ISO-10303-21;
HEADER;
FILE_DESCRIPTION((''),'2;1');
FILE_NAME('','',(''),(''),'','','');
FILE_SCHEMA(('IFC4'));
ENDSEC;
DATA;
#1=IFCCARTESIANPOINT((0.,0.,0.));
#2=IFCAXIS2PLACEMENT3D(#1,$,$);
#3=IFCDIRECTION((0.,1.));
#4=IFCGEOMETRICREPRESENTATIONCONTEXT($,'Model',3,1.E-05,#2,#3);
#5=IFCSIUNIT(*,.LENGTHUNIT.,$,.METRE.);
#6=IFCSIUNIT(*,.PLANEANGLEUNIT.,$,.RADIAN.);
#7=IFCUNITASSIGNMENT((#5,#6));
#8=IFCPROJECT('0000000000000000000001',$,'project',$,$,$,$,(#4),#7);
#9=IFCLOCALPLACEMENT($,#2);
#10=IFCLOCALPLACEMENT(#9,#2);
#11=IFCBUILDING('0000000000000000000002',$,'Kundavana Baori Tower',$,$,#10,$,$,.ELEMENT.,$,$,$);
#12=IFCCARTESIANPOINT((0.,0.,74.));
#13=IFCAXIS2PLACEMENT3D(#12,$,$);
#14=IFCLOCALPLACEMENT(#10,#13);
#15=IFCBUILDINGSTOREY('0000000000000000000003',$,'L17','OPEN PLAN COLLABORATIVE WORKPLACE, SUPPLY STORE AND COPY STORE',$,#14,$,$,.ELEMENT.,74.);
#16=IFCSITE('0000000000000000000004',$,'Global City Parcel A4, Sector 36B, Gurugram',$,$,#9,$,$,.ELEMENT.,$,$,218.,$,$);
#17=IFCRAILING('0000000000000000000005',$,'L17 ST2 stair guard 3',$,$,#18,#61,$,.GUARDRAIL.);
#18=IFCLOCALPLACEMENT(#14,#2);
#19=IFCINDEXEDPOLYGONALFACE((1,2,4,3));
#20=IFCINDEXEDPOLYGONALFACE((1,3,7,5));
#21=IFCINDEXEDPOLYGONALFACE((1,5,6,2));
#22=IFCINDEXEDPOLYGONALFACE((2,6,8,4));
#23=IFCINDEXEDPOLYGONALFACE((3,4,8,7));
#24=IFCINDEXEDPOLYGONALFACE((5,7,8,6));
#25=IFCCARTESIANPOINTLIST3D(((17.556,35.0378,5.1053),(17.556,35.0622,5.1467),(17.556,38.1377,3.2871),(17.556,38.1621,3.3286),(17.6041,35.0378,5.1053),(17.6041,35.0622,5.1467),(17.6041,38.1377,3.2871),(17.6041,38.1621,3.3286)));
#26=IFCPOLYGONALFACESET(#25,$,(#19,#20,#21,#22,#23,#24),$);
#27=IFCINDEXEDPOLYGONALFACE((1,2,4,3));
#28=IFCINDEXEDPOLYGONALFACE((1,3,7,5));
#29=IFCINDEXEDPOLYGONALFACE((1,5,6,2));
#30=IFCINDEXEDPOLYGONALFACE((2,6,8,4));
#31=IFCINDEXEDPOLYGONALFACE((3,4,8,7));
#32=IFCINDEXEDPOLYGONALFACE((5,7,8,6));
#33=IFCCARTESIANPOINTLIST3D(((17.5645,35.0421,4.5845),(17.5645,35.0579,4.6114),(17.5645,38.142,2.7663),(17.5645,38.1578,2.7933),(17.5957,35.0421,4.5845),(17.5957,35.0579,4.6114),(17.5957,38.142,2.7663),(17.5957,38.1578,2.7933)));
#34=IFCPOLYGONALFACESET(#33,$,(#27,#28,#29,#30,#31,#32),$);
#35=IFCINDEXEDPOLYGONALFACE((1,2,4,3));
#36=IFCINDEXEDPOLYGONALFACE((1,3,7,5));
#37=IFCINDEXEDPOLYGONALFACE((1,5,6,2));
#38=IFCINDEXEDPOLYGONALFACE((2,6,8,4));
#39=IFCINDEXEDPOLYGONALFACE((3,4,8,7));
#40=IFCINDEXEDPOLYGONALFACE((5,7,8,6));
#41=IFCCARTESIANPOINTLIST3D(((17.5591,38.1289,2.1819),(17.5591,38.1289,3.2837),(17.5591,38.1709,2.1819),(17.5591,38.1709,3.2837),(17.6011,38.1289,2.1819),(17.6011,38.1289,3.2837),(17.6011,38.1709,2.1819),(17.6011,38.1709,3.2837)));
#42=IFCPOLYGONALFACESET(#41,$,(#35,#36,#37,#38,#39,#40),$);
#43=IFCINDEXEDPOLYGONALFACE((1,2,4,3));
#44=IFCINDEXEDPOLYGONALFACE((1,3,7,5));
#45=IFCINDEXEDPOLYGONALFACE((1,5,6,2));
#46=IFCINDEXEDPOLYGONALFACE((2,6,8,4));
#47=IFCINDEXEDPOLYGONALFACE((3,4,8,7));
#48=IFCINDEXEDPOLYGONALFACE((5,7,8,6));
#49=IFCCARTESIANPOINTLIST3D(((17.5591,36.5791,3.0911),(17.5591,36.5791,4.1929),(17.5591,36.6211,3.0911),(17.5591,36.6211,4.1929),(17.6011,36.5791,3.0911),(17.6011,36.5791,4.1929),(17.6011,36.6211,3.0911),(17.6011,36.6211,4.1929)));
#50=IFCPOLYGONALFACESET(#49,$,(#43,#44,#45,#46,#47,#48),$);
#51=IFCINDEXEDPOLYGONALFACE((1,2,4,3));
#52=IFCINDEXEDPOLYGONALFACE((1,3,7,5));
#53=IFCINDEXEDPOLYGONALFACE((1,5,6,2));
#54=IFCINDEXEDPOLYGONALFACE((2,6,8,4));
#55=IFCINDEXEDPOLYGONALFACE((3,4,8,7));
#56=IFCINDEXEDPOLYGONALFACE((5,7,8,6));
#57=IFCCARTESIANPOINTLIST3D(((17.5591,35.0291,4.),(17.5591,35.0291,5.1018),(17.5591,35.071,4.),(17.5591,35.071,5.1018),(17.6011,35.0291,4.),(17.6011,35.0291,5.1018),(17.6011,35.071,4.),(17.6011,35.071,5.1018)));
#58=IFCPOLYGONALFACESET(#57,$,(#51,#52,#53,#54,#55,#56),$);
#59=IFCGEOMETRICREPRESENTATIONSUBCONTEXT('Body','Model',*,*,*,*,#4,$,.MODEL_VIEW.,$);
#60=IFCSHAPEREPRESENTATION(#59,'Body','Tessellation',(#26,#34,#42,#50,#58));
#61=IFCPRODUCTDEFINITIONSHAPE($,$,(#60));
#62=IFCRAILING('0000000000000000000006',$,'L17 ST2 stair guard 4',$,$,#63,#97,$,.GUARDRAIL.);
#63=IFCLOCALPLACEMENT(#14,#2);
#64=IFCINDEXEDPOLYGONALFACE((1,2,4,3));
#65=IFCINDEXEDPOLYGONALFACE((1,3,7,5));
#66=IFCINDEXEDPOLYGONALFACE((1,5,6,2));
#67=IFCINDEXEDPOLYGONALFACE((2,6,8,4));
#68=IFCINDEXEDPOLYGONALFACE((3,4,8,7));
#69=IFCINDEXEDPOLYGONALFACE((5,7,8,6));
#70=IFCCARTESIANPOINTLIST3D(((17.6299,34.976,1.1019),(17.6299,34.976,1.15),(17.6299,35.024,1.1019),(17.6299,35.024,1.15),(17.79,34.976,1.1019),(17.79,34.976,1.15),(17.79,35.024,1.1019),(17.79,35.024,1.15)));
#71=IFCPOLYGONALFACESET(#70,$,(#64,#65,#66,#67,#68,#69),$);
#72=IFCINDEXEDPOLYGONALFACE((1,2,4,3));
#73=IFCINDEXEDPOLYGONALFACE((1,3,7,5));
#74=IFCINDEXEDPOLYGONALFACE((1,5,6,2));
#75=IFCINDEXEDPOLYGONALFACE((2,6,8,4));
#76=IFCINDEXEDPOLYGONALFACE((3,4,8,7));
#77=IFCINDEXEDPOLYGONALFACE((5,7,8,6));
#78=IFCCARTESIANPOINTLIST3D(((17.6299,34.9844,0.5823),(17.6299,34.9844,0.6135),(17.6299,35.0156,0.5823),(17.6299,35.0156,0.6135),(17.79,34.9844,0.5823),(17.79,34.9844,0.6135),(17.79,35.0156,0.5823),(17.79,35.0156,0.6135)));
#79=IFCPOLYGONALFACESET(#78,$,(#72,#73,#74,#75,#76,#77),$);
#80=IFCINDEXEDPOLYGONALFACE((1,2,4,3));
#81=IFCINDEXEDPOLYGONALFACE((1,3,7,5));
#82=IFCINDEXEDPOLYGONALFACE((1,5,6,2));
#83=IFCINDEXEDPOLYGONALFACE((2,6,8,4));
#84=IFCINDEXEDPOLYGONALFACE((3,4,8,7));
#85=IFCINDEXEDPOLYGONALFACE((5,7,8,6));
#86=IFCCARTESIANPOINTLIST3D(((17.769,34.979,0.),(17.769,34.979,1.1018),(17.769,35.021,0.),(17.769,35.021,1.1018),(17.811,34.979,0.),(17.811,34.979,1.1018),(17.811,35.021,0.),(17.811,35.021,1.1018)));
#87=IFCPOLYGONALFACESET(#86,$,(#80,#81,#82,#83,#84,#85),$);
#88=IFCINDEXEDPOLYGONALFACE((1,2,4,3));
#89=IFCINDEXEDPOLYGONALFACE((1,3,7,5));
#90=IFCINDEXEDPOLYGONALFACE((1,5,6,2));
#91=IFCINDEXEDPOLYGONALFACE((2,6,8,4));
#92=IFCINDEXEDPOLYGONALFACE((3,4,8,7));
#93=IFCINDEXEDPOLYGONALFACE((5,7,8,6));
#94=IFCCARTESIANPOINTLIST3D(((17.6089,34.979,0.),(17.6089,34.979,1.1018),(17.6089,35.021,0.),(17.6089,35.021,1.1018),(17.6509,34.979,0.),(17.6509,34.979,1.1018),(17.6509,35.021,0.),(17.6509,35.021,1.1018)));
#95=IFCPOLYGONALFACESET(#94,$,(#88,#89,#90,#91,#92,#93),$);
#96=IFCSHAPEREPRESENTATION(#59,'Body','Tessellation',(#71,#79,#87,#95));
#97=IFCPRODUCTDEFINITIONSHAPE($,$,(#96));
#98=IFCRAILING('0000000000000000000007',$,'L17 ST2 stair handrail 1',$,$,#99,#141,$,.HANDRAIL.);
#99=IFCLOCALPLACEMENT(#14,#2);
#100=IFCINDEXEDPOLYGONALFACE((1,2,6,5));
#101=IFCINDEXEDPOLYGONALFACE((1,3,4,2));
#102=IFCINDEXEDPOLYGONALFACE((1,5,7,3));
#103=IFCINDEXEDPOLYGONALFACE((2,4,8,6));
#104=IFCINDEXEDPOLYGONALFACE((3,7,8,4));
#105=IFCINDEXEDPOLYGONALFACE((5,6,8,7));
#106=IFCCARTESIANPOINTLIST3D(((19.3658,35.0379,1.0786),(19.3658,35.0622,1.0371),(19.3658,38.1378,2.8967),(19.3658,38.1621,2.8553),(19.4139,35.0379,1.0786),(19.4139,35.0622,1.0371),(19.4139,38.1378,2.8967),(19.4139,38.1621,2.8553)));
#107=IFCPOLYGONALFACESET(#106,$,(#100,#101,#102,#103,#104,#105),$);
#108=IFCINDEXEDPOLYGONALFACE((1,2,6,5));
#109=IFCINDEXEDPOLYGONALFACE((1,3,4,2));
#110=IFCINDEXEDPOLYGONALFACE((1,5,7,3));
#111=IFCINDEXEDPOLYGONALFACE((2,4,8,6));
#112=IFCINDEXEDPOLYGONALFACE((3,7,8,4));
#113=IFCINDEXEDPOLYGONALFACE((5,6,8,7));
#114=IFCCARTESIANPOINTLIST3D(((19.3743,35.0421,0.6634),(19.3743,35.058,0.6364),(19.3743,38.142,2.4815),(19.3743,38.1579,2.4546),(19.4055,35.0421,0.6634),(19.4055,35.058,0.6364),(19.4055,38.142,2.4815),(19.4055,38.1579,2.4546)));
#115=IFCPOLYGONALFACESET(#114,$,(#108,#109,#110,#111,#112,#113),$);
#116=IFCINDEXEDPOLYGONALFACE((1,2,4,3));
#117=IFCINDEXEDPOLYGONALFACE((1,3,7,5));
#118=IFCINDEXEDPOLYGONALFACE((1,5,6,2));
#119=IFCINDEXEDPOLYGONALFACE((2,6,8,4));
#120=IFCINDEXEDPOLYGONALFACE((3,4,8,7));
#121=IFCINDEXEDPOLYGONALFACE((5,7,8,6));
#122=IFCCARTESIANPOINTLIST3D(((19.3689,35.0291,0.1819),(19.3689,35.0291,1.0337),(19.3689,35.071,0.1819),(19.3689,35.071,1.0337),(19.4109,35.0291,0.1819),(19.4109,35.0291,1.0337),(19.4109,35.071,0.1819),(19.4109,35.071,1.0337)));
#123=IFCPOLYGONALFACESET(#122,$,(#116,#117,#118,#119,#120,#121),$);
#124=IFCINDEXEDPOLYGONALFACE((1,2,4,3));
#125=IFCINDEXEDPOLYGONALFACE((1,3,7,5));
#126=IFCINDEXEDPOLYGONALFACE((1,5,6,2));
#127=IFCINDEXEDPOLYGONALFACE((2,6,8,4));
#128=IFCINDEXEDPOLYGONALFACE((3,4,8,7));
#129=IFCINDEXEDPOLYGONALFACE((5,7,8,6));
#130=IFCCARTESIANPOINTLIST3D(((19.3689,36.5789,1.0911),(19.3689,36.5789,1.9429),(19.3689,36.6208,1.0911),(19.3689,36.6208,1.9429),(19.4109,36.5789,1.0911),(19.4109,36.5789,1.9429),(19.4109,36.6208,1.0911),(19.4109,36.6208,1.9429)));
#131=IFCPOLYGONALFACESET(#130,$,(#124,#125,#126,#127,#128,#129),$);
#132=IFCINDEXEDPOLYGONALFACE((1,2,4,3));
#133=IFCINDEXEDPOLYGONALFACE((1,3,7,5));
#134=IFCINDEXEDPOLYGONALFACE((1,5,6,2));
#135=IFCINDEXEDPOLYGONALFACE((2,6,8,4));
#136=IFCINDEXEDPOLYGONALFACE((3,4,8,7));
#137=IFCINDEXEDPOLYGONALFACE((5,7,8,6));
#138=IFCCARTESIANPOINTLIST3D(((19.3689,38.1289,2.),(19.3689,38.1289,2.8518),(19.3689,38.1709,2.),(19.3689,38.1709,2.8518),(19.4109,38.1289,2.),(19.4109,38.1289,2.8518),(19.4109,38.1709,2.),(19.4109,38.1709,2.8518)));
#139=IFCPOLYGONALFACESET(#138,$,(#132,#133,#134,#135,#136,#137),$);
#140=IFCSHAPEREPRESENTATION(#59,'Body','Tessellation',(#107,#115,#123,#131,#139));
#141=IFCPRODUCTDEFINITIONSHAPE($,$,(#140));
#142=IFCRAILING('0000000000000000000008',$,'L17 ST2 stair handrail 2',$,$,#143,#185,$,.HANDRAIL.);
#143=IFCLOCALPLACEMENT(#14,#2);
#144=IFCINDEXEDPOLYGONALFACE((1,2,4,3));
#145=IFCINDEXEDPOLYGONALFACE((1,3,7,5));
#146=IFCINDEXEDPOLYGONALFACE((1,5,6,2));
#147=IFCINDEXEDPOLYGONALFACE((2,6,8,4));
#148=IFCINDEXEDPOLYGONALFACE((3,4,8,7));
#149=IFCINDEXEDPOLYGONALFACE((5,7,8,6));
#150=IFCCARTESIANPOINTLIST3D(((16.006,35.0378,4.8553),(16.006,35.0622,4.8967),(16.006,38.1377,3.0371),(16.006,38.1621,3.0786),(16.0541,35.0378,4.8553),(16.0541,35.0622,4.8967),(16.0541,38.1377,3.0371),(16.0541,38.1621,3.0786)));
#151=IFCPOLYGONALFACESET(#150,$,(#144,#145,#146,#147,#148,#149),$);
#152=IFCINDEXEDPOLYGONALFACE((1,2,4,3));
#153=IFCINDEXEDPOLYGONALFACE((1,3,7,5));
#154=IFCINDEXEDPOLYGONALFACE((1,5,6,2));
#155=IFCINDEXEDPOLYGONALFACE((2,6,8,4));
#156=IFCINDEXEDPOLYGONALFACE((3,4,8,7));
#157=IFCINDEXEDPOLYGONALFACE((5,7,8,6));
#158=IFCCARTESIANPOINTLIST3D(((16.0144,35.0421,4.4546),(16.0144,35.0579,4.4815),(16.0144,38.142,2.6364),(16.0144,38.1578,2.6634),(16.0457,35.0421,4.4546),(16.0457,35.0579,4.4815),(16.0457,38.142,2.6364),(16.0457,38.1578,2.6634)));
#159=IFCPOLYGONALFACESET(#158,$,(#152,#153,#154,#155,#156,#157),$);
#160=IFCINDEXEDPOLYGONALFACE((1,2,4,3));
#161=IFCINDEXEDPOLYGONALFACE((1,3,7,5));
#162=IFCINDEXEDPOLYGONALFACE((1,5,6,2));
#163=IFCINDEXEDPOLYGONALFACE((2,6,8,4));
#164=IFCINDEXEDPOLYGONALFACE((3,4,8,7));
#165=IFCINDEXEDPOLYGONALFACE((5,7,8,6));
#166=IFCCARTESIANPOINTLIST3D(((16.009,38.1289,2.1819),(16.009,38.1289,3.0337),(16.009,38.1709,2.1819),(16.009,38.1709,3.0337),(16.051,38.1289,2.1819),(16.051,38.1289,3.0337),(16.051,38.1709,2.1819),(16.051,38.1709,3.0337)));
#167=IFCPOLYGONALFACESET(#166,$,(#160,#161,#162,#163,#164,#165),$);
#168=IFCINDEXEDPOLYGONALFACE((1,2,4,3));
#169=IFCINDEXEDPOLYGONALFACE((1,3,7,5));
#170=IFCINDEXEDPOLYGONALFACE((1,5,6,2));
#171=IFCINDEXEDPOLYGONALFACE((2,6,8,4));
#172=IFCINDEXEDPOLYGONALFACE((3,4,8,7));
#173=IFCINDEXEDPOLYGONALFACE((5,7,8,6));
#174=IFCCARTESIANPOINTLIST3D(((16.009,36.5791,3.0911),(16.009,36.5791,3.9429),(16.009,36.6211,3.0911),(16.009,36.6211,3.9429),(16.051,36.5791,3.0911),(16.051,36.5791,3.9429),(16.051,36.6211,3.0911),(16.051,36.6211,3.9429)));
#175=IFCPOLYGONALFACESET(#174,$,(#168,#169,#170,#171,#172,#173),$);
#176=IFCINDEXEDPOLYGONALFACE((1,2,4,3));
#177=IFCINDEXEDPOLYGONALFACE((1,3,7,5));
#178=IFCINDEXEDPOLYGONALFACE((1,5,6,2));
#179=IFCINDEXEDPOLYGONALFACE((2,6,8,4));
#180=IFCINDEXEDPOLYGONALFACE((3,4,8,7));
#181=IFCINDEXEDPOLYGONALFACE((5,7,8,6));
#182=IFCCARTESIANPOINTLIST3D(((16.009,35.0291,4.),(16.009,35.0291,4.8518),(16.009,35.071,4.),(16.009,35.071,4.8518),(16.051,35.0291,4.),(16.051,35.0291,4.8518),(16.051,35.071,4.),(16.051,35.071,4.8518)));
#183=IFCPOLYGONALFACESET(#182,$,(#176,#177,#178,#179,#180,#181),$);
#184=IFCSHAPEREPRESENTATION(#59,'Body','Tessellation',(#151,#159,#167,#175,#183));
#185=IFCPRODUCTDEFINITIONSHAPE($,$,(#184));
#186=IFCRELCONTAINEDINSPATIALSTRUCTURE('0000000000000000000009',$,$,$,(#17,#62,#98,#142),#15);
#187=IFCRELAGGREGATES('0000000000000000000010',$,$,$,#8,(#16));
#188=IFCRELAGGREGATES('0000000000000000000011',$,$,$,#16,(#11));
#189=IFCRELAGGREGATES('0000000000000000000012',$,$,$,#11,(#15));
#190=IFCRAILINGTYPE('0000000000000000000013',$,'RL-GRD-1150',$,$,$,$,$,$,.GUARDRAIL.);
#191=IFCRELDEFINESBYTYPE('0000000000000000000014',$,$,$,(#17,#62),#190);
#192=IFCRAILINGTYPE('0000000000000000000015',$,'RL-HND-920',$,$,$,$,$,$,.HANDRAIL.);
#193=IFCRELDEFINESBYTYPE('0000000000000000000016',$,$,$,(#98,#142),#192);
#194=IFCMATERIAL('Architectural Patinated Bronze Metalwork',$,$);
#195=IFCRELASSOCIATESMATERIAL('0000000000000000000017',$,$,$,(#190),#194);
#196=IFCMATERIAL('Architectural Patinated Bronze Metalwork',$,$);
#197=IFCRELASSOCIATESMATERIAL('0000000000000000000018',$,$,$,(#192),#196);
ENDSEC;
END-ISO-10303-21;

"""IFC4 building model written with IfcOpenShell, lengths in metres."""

from ifc_helpers import new_model, si_unit, direction, frame, origin, origin_2d, place, context, subcontext, project, spatial, rectangle, extrude, material, type_object, element, save


model = new_model("IFC4")

# Units and contexts
model_context = context("Model", 3, precision=1e-05, world=origin(), true_north=direction((0.0, 1.0)))
body_context = subcontext(model_context, "Body", "Model", "MODEL_VIEW")
ifc_project = project(units=[si_unit("LENGTHUNIT", "METRE"), si_unit("PLANEANGLEUNIT", "RADIAN")], contexts=[model_context])

# Site, building, storey
site_placement = place(None, origin())
site = spatial("IfcSite", under=ifc_project, at=site_placement, Name="Global City Parcel A4, Sector 36B, Gurugram", CompositionType="ELEMENT", RefElevation=218.0)
building_placement = place(site_placement, origin())
building = spatial("IfcBuilding", under=site, at=building_placement, Name="Kundavana Baori Tower", CompositionType="ELEMENT")
storey_placement = place(building_placement, frame((0.0, 0.0, 74.0)))
storey = spatial("IfcBuildingStorey", under=building, at=storey_placement, Name="L17", Description="OPEN PLAN COLLABORATIVE WORKPLACE, SUPPLY STORE AND COPY STORE", CompositionType="ELEMENT", Elevation=74.0)

# Railings
ifc_material_1 = material(Name="Architectural Patinated Bronze Metalwork")
railing_type_1 = type_object("IfcRailingType", Name="RL-GRD-1150", PredefinedType="GUARDRAIL", material=ifc_material_1)
railing_1_placement = place(storey_placement, frame((17.5801, 38.1499, 2.1819)))
element("IfcRailing", 1, at=railing_1_placement, inside=storey, type_object=railing_type_1, Name="L17 ST2 stair guard 3", PredefinedType="GUARDRAIL", context=body_context, shape_type="SweptSolid", body=[
    extrude(rectangle(XDim=0.0481, YDim=0.0481, at=origin_2d()), frame((0.0, 0.0, 1.126), z_axis=(0.0, -0.862581, 0.505918), x_axis=(1.0, 0.0, 0.0)), (0.0, 0.0, 1.0), 3.5938),
    extrude(rectangle(XDim=0.0312, YDim=0.0312, at=origin_2d()), frame((0.0, 0.0, 0.5979), z_axis=(0.0, -0.862581, 0.505918), x_axis=(1.0, 0.0, 0.0)), (0.0, 0.0, 1.0), 3.5938),
    extrude(rectangle(XDim=0.042, YDim=0.042, at=origin_2d()), origin(), (0.0, 0.0, 1.0), 1.1018),
    extrude(rectangle(XDim=0.042, YDim=0.042, at=origin_2d()), frame((0.0, -1.5498, 0.9092)), (0.0, 0.0, 1.0), 1.1018),
    extrude(rectangle(XDim=0.042, YDim=0.042, at=origin_2d()), frame((0.0, -3.0999, 1.8181)), (0.0, 0.0, 1.0), 1.1018),
])
railing_2_placement = place(storey_placement, frame((17.79, 35.0, 0.0)))
element("IfcRailing", 2, at=railing_2_placement, inside=storey, type_object=railing_type_1, Name="L17 ST2 stair guard 4", PredefinedType="GUARDRAIL", context=body_context, shape_type="SweptSolid", body=[
    extrude(rectangle(XDim=0.0481, YDim=0.0481, at=origin_2d()), frame((0.0, 0.0, 1.126), z_axis=(-1.0, 0.0, 0.0), x_axis=(0.0, -1.0, 0.0)), (0.0, 0.0, 1.0), 0.1602),
    extrude(rectangle(XDim=0.0312, YDim=0.0312, at=origin_2d()), frame((0.0, 0.0, 0.5979), z_axis=(-1.0, 0.0, 0.0), x_axis=(0.0, -1.0, 0.0)), (0.0, 0.0, 1.0), 0.1602),
    extrude(rectangle(XDim=0.042, YDim=0.042, at=origin_2d()), origin(), (0.0, 0.0, 1.0), 1.1018),
    extrude(rectangle(XDim=0.042, YDim=0.042, at=origin_2d()), frame((-0.1602, 0.0, 0.0)), (0.0, 0.0, 1.0), 1.1018),
])
ifc_material_2 = material(Name="Architectural Patinated Bronze Metalwork")
railing_type_2 = type_object("IfcRailingType", Name="RL-HND-920", PredefinedType="HANDRAIL", material=ifc_material_2)
railing_3_placement = place(storey_placement, frame((19.3899, 35.05, 0.1819)))
element("IfcRailing", 3, at=railing_3_placement, inside=storey, type_object=railing_type_2, Name="L17 ST2 stair handrail 1", PredefinedType="HANDRAIL", context=body_context, shape_type="SweptSolid", body=[
    extrude(rectangle(XDim=0.0481, YDim=0.0481, at=origin_2d()), frame((0.0, 0.0, 0.876), z_axis=(0.0, 0.862581, 0.505918), x_axis=(-1.0, 0.0, 0.0)), (0.0, 0.0, 1.0), 3.5938),
    extrude(rectangle(XDim=0.0312, YDim=0.0312, at=origin_2d()), frame((0.0, 0.0, 0.468), z_axis=(0.0, 0.862581, 0.505918), x_axis=(-1.0, 0.0, 0.0)), (0.0, 0.0, 1.0), 3.5938),
    extrude(rectangle(XDim=0.042, YDim=0.042, at=origin_2d()), origin(), (0.0, 0.0, 1.0), 0.8518),
    extrude(rectangle(XDim=0.042, YDim=0.042, at=origin_2d()), frame((0.0, 1.5498, 0.9092)), (0.0, 0.0, 1.0), 0.8518),
    extrude(rectangle(XDim=0.042, YDim=0.042, at=origin_2d()), frame((0.0, 3.0999, 1.8181)), (0.0, 0.0, 1.0), 0.8518),
])
railing_4_placement = place(storey_placement, frame((16.03, 38.1499, 2.1819)))
element("IfcRailing", 4, at=railing_4_placement, inside=storey, type_object=railing_type_2, Name="L17 ST2 stair handrail 2", PredefinedType="HANDRAIL", context=body_context, shape_type="SweptSolid", body=[
    extrude(rectangle(XDim=0.0481, YDim=0.0481, at=origin_2d()), frame((0.0, 0.0, 0.876), z_axis=(0.0, -0.862581, 0.505918), x_axis=(1.0, 0.0, 0.0)), (0.0, 0.0, 1.0), 3.5938),
    extrude(rectangle(XDim=0.0312, YDim=0.0312, at=origin_2d()), frame((0.0, 0.0, 0.468), z_axis=(0.0, -0.862581, 0.505918), x_axis=(1.0, 0.0, 0.0)), (0.0, 0.0, 1.0), 3.5938),
    extrude(rectangle(XDim=0.042, YDim=0.042, at=origin_2d()), origin(), (0.0, 0.0, 1.0), 0.8518),
    extrude(rectangle(XDim=0.042, YDim=0.042, at=origin_2d()), frame((0.0, -1.5498, 0.9092)), (0.0, 0.0, 1.0), 0.8518),
    extrude(rectangle(XDim=0.042, YDim=0.042, at=origin_2d()), frame((0.0, -3.0999, 1.8181)), (0.0, 0.0, 1.0), 0.8518),
])

save(model, "model.ifc")
